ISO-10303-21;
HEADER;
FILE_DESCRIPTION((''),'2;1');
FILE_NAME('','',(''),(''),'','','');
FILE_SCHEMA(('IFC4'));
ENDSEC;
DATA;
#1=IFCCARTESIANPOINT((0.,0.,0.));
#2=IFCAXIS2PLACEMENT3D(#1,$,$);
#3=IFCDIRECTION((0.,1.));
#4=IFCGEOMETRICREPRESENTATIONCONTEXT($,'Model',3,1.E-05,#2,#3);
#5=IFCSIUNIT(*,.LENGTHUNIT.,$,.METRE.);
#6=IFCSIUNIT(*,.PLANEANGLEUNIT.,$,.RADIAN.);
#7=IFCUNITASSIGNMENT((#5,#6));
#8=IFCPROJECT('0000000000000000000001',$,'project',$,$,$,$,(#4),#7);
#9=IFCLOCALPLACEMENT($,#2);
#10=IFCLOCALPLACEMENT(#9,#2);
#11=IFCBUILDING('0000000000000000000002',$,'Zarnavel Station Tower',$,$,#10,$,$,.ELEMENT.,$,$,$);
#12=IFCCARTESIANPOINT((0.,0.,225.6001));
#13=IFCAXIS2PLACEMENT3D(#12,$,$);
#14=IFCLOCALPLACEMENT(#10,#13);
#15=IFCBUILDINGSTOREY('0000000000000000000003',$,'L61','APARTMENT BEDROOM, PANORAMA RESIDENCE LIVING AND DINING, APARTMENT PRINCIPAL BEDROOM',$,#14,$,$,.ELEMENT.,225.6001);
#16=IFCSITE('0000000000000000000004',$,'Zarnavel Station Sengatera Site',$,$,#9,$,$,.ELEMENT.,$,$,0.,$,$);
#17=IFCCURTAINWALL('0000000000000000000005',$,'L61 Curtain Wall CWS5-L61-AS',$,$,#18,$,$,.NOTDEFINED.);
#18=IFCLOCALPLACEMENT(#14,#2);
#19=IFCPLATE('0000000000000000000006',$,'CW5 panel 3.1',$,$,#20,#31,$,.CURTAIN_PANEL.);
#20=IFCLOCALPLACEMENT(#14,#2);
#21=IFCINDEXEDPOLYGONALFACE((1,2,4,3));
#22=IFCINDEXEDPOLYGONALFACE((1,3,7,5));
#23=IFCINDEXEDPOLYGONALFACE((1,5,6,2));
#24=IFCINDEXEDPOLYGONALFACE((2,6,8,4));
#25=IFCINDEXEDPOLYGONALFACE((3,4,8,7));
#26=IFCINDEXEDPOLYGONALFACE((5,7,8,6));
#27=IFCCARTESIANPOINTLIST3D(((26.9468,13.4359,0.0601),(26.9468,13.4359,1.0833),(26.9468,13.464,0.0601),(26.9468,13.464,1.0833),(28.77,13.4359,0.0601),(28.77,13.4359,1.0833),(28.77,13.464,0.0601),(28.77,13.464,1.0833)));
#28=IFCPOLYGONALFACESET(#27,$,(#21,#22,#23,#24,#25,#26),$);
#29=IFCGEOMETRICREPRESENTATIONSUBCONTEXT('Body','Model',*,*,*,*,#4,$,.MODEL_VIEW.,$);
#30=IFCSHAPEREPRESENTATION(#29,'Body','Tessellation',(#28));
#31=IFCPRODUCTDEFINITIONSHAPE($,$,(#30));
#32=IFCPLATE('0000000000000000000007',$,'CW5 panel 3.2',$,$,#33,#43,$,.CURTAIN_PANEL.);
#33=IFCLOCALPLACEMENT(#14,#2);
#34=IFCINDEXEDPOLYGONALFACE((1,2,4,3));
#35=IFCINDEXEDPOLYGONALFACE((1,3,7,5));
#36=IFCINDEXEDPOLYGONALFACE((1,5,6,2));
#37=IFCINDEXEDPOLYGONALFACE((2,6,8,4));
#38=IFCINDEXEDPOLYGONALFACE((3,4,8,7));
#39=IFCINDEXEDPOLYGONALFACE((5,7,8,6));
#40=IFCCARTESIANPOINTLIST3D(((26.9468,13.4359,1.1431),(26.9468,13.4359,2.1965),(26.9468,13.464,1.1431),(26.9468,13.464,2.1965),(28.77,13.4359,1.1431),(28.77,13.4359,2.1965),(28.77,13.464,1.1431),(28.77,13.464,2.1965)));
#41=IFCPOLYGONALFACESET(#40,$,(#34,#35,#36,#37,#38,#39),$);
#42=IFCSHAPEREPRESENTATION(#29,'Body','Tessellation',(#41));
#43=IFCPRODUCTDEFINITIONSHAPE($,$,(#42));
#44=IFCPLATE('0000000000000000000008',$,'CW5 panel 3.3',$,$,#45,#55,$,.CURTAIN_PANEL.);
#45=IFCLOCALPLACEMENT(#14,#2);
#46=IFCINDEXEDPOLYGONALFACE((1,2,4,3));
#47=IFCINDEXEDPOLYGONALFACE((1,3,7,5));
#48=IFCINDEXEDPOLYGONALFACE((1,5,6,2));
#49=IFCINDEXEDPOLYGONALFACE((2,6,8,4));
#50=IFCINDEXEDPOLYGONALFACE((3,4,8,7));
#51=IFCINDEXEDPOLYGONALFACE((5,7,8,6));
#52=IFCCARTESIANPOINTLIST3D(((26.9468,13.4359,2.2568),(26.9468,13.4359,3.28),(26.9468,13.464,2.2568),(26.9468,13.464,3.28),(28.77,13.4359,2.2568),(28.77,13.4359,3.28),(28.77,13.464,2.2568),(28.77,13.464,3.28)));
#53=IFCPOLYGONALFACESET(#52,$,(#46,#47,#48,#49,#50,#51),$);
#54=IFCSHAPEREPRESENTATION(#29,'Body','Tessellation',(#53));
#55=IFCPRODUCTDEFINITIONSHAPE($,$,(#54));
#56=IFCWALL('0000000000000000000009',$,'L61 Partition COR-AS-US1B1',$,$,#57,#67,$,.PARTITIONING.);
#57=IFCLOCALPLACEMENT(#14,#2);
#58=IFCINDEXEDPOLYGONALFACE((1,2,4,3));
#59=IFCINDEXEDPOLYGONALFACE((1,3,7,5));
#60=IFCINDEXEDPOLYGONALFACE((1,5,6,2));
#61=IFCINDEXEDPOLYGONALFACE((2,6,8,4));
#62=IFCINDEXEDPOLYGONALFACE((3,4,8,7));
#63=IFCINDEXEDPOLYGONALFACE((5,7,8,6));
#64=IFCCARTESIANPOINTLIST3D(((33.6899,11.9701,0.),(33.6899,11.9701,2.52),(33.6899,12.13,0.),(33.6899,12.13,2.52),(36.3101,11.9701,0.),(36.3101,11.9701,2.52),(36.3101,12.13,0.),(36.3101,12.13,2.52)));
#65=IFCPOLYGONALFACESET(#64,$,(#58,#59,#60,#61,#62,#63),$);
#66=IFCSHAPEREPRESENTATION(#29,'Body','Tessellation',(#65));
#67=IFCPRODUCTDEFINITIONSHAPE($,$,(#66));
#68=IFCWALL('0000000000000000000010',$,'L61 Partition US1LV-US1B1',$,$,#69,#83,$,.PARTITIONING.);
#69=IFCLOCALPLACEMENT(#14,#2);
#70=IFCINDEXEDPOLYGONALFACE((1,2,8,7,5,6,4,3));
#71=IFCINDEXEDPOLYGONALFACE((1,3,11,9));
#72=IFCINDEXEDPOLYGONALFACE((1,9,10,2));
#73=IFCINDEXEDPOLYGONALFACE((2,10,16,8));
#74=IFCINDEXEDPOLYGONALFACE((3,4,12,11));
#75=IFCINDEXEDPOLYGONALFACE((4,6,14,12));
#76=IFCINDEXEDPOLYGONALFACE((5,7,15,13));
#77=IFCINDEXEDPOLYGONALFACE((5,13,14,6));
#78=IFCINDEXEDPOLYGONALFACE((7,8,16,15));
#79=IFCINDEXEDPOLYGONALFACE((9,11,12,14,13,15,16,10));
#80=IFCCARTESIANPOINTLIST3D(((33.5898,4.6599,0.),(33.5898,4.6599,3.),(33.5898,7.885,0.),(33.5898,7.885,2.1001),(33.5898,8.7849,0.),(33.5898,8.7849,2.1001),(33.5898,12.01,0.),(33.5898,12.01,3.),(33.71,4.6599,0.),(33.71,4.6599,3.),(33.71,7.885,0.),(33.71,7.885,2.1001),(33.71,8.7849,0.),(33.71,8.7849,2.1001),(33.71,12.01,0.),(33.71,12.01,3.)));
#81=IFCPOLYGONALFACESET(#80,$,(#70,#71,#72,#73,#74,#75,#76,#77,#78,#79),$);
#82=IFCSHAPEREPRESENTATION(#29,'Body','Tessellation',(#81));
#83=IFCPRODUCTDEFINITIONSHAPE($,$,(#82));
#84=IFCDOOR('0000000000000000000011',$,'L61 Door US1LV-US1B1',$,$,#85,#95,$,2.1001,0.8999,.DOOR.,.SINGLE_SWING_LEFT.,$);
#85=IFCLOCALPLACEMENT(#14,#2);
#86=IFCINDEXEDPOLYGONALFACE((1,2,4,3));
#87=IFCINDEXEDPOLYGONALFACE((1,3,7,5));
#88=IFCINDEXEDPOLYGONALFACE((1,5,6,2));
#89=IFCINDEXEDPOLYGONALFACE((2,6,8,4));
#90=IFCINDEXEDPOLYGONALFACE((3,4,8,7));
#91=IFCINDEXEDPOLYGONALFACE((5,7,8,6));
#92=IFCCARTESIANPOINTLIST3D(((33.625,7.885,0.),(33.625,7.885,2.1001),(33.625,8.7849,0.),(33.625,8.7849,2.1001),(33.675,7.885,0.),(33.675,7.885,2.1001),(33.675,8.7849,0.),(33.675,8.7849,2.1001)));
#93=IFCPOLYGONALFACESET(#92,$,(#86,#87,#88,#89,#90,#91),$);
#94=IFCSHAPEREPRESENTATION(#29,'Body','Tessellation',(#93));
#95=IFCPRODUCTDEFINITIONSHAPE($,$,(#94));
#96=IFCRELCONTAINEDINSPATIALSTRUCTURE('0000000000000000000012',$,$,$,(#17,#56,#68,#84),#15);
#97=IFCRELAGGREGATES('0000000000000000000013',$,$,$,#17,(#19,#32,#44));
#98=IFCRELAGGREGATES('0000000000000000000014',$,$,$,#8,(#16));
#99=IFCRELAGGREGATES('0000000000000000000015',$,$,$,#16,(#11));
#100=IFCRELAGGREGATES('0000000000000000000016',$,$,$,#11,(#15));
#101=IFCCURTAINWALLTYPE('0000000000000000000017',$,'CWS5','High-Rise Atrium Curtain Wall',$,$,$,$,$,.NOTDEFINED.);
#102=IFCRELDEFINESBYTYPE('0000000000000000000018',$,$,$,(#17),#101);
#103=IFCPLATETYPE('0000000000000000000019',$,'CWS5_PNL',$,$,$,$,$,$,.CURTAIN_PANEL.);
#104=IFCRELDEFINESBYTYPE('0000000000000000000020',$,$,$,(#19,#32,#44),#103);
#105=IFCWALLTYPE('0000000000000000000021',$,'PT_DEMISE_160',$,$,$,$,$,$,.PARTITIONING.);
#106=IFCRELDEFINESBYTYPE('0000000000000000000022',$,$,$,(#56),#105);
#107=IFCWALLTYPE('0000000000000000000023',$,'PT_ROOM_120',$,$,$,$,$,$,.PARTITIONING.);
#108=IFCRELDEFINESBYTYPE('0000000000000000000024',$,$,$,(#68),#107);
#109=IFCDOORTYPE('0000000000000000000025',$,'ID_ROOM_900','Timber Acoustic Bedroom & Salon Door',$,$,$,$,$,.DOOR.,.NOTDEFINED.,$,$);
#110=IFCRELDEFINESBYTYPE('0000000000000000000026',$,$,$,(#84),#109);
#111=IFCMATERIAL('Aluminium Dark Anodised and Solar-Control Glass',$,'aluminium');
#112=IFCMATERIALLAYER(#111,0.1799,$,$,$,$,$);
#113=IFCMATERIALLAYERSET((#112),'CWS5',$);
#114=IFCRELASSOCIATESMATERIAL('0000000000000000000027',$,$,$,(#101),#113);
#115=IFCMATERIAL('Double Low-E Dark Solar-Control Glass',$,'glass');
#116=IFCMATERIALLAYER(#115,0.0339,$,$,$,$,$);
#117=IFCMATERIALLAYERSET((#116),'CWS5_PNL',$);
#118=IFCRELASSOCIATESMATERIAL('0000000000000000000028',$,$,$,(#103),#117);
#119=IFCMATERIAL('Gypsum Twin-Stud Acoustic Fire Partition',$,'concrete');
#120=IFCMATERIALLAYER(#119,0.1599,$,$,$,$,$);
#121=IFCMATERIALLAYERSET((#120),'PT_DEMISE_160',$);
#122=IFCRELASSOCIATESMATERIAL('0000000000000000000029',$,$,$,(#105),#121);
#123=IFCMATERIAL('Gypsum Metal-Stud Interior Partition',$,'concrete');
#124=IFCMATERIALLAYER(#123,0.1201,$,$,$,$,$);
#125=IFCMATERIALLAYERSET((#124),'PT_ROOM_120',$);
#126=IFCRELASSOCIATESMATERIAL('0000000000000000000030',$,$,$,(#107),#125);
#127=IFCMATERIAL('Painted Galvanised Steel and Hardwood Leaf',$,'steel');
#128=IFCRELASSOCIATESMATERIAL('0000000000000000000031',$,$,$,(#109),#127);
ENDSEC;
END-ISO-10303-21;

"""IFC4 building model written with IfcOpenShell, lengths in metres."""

from ifc_helpers import new_model, si_unit, direction, frame, frame_2d, origin, origin_2d, place, context, subcontext, project, spatial, rectangle, extrude, material, layer, layer_set, type_object, element, fill, aggregate, save


model = new_model("IFC4")

# Units and contexts
model_context = context("Model", 3, precision=1e-05, world=origin(), true_north=direction((0.0, 1.0)))
body_context = subcontext(model_context, "Body", "Model", "MODEL_VIEW")
ifc_project = project(units=[si_unit("LENGTHUNIT", "METRE"), si_unit("PLANEANGLEUNIT", "RADIAN")], contexts=[model_context])

# Site, building, storey
site_placement = place(None, origin())
site = spatial("IfcSite", under=ifc_project, at=site_placement, Name="Zarnavel Station Sengatera Site", CompositionType="ELEMENT", RefElevation=0.0)
building_placement = place(site_placement, origin())
building = spatial("IfcBuilding", under=site, at=building_placement, Name="Zarnavel Station Tower", CompositionType="ELEMENT")
storey_placement = place(building_placement, frame((0.0, 0.0, 225.6001)))
storey = spatial("IfcBuildingStorey", under=building, at=storey_placement, Name="L61", Description="APARTMENT BEDROOM, PANORAMA RESIDENCE LIVING AND DINING, APARTMENT PRINCIPAL BEDROOM", CompositionType="ELEMENT", Elevation=225.6001)

# Curtain wall
ifc_material_1 = material(Name="Aluminium Dark Anodised and Solar-Control Glass", Category="aluminium")
ifc_layer_1 = layer(ifc_material_1, 0.1799)
ifc_layer_set_1 = layer_set([ifc_layer_1], Name="CWS5")
curtain_wall_type = type_object("IfcCurtainWallType", Name="CWS5", Description="High-Rise Atrium Curtain Wall", PredefinedType="NOTDEFINED", material=ifc_layer_set_1)
curtain_wall_placement = place(storey_placement, origin())
curtain_wall = element("IfcCurtainWall", 1, at=curtain_wall_placement, inside=storey, type_object=curtain_wall_type, Name="L61 Curtain Wall CWS5-L61-AS", PredefinedType="NOTDEFINED")

# Plates
ifc_material_2 = material(Name="Double Low-E Dark Solar-Control Glass", Category="glass")
ifc_layer_2 = layer(ifc_material_2, 0.0339)
ifc_layer_set_2 = layer_set([ifc_layer_2], Name="CWS5_PNL")
plate_type = type_object("IfcPlateType", Name="CWS5_PNL", PredefinedType="CURTAIN_PANEL", material=ifc_layer_set_2)
plate_1_placement = place(storey_placement, frame((27.8584, 13.45, 0.0601), z_axis=(0.0, 0.0, 1.0), x_axis=(1.0, 0.0, 0.0)))
plate_1 = element("IfcPlate", 2, at=plate_1_placement, type_object=plate_type, Name="CW5 panel 3.1", PredefinedType="CURTAIN_PANEL", context=body_context, shape_type="SweptSolid", body=[
    extrude(rectangle(XDim=1.8232, YDim=0.0281, at=origin_2d()), origin(), (0.0, 0.0, 1.0), 1.0232),
])
plate_2_placement = place(storey_placement, frame((27.8584, 13.45, 1.1431), z_axis=(0.0, 0.0, 1.0), x_axis=(1.0, 0.0, 0.0)))
plate_2 = element("IfcPlate", 3, at=plate_2_placement, type_object=plate_type, Name="CW5 panel 3.2", PredefinedType="CURTAIN_PANEL", context=body_context, shape_type="SweptSolid", body=[
    extrude(rectangle(XDim=1.8232, YDim=0.0281, at=origin_2d()), origin(), (0.0, 0.0, 1.0), 1.0535),
])
plate_3_placement = place(storey_placement, frame((27.8584, 13.45, 2.2568), z_axis=(0.0, 0.0, 1.0), x_axis=(1.0, 0.0, 0.0)))
plate_3 = element("IfcPlate", 4, at=plate_3_placement, type_object=plate_type, Name="CW5 panel 3.3", PredefinedType="CURTAIN_PANEL", context=body_context, shape_type="SweptSolid", body=[
    extrude(rectangle(XDim=1.8232, YDim=0.0281, at=origin_2d()), origin(), (0.0, 0.0, 1.0), 1.0232),
])
aggregate(curtain_wall, [plate_1, plate_2, plate_3])

# Wall
ifc_material_3 = material(Name="Gypsum Twin-Stud Acoustic Fire Partition", Category="concrete")
ifc_layer_3 = layer(ifc_material_3, 0.1599)
ifc_layer_set_3 = layer_set([ifc_layer_3], Name="PT_DEMISE_160")
wall_type_1 = type_object("IfcWallType", Name="PT_DEMISE_160", PredefinedType="PARTITIONING", material=ifc_layer_set_3)
wall_1_placement = place(storey_placement, frame((33.6899, 12.05, 0.0), z_axis=(0.0, 0.0, 1.0), x_axis=(1.0, 0.0, 0.0)))
element("IfcWall", 5, at=wall_1_placement, inside=storey, type_object=wall_type_1, Name="L61 Partition COR-AS-US1B1", PredefinedType="PARTITIONING", context=body_context, shape_type="SweptSolid", body=[
    extrude(rectangle(XDim=2.6201, YDim=0.1599, at=frame_2d((1.3101, 0.0))), origin(), (0.0, 0.0, 1.0), 2.52),
])

# Wall, opening, door
ifc_material_4 = material(Name="Gypsum Metal-Stud Interior Partition", Category="concrete")
ifc_layer_4 = layer(ifc_material_4, 0.1201)
ifc_layer_set_4 = layer_set([ifc_layer_4], Name="PT_ROOM_120")
wall_type_2 = type_object("IfcWallType", Name="PT_ROOM_120", PredefinedType="PARTITIONING", material=ifc_layer_set_4)
wall_2_placement = place(storey_placement, frame((33.6499, 4.6599, 0.0), z_axis=(0.0, 0.0, 1.0), x_axis=(0.0, 1.0, 0.0)))
wall_2 = element("IfcWall", 6, at=wall_2_placement, inside=storey, type_object=wall_type_2, Name="L61 Partition US1LV-US1B1", PredefinedType="PARTITIONING", context=body_context, shape_type="SweptSolid", body=[
    extrude(rectangle(XDim=7.3501, YDim=0.1201, at=frame_2d((3.675, 0.0))), origin(), (0.0, 0.0, 1.0), 3.0),
])
opening_placement = place(wall_2_placement, frame((3.2251, 0.0, 0.0)))
opening = element("IfcOpeningElement", 7, at=opening_placement, cuts=wall_2, PredefinedType="OPENING", context=body_context, shape_type="SweptSolid", body=[
    extrude(rectangle(XDim=0.8999, YDim=2.1001, at=frame_2d((0.45, 1.05))), frame((0.0, 0.0701, 0.0), z_axis=(0.0, -1.0, 0.0), x_axis=(1.0, 0.0, 0.0)), (0.0, 0.0, 1.0), 0.1401),
])
ifc_material_5 = material(Name="Painted Galvanised Steel and Hardwood Leaf", Category="steel")
door_type = type_object("IfcDoorType", Name="ID_ROOM_900", Description="Timber Acoustic Bedroom & Salon Door", OperationType="NOTDEFINED", PredefinedType="DOOR", material=ifc_material_5)
door_placement = place(opening_placement, origin())
door = element("IfcDoor", 8, at=door_placement, inside=storey, type_object=door_type, Name="L61 Door US1LV-US1B1", OperationType="SINGLE_SWING_LEFT", OverallHeight=2.1001, OverallWidth=0.8999, PredefinedType="DOOR", context=body_context, shape_type="SweptSolid", body=[
    extrude(rectangle(XDim=0.8999, YDim=2.1001, at=frame_2d((0.45, 1.05))), frame((0.0, 0.0249, 0.0), z_axis=(0.0, -1.0, 0.0), x_axis=(1.0, 0.0, 0.0)), (0.0, 0.0, 1.0), 0.05),
])
fill(opening, door)

save(model, "model.ifc")
